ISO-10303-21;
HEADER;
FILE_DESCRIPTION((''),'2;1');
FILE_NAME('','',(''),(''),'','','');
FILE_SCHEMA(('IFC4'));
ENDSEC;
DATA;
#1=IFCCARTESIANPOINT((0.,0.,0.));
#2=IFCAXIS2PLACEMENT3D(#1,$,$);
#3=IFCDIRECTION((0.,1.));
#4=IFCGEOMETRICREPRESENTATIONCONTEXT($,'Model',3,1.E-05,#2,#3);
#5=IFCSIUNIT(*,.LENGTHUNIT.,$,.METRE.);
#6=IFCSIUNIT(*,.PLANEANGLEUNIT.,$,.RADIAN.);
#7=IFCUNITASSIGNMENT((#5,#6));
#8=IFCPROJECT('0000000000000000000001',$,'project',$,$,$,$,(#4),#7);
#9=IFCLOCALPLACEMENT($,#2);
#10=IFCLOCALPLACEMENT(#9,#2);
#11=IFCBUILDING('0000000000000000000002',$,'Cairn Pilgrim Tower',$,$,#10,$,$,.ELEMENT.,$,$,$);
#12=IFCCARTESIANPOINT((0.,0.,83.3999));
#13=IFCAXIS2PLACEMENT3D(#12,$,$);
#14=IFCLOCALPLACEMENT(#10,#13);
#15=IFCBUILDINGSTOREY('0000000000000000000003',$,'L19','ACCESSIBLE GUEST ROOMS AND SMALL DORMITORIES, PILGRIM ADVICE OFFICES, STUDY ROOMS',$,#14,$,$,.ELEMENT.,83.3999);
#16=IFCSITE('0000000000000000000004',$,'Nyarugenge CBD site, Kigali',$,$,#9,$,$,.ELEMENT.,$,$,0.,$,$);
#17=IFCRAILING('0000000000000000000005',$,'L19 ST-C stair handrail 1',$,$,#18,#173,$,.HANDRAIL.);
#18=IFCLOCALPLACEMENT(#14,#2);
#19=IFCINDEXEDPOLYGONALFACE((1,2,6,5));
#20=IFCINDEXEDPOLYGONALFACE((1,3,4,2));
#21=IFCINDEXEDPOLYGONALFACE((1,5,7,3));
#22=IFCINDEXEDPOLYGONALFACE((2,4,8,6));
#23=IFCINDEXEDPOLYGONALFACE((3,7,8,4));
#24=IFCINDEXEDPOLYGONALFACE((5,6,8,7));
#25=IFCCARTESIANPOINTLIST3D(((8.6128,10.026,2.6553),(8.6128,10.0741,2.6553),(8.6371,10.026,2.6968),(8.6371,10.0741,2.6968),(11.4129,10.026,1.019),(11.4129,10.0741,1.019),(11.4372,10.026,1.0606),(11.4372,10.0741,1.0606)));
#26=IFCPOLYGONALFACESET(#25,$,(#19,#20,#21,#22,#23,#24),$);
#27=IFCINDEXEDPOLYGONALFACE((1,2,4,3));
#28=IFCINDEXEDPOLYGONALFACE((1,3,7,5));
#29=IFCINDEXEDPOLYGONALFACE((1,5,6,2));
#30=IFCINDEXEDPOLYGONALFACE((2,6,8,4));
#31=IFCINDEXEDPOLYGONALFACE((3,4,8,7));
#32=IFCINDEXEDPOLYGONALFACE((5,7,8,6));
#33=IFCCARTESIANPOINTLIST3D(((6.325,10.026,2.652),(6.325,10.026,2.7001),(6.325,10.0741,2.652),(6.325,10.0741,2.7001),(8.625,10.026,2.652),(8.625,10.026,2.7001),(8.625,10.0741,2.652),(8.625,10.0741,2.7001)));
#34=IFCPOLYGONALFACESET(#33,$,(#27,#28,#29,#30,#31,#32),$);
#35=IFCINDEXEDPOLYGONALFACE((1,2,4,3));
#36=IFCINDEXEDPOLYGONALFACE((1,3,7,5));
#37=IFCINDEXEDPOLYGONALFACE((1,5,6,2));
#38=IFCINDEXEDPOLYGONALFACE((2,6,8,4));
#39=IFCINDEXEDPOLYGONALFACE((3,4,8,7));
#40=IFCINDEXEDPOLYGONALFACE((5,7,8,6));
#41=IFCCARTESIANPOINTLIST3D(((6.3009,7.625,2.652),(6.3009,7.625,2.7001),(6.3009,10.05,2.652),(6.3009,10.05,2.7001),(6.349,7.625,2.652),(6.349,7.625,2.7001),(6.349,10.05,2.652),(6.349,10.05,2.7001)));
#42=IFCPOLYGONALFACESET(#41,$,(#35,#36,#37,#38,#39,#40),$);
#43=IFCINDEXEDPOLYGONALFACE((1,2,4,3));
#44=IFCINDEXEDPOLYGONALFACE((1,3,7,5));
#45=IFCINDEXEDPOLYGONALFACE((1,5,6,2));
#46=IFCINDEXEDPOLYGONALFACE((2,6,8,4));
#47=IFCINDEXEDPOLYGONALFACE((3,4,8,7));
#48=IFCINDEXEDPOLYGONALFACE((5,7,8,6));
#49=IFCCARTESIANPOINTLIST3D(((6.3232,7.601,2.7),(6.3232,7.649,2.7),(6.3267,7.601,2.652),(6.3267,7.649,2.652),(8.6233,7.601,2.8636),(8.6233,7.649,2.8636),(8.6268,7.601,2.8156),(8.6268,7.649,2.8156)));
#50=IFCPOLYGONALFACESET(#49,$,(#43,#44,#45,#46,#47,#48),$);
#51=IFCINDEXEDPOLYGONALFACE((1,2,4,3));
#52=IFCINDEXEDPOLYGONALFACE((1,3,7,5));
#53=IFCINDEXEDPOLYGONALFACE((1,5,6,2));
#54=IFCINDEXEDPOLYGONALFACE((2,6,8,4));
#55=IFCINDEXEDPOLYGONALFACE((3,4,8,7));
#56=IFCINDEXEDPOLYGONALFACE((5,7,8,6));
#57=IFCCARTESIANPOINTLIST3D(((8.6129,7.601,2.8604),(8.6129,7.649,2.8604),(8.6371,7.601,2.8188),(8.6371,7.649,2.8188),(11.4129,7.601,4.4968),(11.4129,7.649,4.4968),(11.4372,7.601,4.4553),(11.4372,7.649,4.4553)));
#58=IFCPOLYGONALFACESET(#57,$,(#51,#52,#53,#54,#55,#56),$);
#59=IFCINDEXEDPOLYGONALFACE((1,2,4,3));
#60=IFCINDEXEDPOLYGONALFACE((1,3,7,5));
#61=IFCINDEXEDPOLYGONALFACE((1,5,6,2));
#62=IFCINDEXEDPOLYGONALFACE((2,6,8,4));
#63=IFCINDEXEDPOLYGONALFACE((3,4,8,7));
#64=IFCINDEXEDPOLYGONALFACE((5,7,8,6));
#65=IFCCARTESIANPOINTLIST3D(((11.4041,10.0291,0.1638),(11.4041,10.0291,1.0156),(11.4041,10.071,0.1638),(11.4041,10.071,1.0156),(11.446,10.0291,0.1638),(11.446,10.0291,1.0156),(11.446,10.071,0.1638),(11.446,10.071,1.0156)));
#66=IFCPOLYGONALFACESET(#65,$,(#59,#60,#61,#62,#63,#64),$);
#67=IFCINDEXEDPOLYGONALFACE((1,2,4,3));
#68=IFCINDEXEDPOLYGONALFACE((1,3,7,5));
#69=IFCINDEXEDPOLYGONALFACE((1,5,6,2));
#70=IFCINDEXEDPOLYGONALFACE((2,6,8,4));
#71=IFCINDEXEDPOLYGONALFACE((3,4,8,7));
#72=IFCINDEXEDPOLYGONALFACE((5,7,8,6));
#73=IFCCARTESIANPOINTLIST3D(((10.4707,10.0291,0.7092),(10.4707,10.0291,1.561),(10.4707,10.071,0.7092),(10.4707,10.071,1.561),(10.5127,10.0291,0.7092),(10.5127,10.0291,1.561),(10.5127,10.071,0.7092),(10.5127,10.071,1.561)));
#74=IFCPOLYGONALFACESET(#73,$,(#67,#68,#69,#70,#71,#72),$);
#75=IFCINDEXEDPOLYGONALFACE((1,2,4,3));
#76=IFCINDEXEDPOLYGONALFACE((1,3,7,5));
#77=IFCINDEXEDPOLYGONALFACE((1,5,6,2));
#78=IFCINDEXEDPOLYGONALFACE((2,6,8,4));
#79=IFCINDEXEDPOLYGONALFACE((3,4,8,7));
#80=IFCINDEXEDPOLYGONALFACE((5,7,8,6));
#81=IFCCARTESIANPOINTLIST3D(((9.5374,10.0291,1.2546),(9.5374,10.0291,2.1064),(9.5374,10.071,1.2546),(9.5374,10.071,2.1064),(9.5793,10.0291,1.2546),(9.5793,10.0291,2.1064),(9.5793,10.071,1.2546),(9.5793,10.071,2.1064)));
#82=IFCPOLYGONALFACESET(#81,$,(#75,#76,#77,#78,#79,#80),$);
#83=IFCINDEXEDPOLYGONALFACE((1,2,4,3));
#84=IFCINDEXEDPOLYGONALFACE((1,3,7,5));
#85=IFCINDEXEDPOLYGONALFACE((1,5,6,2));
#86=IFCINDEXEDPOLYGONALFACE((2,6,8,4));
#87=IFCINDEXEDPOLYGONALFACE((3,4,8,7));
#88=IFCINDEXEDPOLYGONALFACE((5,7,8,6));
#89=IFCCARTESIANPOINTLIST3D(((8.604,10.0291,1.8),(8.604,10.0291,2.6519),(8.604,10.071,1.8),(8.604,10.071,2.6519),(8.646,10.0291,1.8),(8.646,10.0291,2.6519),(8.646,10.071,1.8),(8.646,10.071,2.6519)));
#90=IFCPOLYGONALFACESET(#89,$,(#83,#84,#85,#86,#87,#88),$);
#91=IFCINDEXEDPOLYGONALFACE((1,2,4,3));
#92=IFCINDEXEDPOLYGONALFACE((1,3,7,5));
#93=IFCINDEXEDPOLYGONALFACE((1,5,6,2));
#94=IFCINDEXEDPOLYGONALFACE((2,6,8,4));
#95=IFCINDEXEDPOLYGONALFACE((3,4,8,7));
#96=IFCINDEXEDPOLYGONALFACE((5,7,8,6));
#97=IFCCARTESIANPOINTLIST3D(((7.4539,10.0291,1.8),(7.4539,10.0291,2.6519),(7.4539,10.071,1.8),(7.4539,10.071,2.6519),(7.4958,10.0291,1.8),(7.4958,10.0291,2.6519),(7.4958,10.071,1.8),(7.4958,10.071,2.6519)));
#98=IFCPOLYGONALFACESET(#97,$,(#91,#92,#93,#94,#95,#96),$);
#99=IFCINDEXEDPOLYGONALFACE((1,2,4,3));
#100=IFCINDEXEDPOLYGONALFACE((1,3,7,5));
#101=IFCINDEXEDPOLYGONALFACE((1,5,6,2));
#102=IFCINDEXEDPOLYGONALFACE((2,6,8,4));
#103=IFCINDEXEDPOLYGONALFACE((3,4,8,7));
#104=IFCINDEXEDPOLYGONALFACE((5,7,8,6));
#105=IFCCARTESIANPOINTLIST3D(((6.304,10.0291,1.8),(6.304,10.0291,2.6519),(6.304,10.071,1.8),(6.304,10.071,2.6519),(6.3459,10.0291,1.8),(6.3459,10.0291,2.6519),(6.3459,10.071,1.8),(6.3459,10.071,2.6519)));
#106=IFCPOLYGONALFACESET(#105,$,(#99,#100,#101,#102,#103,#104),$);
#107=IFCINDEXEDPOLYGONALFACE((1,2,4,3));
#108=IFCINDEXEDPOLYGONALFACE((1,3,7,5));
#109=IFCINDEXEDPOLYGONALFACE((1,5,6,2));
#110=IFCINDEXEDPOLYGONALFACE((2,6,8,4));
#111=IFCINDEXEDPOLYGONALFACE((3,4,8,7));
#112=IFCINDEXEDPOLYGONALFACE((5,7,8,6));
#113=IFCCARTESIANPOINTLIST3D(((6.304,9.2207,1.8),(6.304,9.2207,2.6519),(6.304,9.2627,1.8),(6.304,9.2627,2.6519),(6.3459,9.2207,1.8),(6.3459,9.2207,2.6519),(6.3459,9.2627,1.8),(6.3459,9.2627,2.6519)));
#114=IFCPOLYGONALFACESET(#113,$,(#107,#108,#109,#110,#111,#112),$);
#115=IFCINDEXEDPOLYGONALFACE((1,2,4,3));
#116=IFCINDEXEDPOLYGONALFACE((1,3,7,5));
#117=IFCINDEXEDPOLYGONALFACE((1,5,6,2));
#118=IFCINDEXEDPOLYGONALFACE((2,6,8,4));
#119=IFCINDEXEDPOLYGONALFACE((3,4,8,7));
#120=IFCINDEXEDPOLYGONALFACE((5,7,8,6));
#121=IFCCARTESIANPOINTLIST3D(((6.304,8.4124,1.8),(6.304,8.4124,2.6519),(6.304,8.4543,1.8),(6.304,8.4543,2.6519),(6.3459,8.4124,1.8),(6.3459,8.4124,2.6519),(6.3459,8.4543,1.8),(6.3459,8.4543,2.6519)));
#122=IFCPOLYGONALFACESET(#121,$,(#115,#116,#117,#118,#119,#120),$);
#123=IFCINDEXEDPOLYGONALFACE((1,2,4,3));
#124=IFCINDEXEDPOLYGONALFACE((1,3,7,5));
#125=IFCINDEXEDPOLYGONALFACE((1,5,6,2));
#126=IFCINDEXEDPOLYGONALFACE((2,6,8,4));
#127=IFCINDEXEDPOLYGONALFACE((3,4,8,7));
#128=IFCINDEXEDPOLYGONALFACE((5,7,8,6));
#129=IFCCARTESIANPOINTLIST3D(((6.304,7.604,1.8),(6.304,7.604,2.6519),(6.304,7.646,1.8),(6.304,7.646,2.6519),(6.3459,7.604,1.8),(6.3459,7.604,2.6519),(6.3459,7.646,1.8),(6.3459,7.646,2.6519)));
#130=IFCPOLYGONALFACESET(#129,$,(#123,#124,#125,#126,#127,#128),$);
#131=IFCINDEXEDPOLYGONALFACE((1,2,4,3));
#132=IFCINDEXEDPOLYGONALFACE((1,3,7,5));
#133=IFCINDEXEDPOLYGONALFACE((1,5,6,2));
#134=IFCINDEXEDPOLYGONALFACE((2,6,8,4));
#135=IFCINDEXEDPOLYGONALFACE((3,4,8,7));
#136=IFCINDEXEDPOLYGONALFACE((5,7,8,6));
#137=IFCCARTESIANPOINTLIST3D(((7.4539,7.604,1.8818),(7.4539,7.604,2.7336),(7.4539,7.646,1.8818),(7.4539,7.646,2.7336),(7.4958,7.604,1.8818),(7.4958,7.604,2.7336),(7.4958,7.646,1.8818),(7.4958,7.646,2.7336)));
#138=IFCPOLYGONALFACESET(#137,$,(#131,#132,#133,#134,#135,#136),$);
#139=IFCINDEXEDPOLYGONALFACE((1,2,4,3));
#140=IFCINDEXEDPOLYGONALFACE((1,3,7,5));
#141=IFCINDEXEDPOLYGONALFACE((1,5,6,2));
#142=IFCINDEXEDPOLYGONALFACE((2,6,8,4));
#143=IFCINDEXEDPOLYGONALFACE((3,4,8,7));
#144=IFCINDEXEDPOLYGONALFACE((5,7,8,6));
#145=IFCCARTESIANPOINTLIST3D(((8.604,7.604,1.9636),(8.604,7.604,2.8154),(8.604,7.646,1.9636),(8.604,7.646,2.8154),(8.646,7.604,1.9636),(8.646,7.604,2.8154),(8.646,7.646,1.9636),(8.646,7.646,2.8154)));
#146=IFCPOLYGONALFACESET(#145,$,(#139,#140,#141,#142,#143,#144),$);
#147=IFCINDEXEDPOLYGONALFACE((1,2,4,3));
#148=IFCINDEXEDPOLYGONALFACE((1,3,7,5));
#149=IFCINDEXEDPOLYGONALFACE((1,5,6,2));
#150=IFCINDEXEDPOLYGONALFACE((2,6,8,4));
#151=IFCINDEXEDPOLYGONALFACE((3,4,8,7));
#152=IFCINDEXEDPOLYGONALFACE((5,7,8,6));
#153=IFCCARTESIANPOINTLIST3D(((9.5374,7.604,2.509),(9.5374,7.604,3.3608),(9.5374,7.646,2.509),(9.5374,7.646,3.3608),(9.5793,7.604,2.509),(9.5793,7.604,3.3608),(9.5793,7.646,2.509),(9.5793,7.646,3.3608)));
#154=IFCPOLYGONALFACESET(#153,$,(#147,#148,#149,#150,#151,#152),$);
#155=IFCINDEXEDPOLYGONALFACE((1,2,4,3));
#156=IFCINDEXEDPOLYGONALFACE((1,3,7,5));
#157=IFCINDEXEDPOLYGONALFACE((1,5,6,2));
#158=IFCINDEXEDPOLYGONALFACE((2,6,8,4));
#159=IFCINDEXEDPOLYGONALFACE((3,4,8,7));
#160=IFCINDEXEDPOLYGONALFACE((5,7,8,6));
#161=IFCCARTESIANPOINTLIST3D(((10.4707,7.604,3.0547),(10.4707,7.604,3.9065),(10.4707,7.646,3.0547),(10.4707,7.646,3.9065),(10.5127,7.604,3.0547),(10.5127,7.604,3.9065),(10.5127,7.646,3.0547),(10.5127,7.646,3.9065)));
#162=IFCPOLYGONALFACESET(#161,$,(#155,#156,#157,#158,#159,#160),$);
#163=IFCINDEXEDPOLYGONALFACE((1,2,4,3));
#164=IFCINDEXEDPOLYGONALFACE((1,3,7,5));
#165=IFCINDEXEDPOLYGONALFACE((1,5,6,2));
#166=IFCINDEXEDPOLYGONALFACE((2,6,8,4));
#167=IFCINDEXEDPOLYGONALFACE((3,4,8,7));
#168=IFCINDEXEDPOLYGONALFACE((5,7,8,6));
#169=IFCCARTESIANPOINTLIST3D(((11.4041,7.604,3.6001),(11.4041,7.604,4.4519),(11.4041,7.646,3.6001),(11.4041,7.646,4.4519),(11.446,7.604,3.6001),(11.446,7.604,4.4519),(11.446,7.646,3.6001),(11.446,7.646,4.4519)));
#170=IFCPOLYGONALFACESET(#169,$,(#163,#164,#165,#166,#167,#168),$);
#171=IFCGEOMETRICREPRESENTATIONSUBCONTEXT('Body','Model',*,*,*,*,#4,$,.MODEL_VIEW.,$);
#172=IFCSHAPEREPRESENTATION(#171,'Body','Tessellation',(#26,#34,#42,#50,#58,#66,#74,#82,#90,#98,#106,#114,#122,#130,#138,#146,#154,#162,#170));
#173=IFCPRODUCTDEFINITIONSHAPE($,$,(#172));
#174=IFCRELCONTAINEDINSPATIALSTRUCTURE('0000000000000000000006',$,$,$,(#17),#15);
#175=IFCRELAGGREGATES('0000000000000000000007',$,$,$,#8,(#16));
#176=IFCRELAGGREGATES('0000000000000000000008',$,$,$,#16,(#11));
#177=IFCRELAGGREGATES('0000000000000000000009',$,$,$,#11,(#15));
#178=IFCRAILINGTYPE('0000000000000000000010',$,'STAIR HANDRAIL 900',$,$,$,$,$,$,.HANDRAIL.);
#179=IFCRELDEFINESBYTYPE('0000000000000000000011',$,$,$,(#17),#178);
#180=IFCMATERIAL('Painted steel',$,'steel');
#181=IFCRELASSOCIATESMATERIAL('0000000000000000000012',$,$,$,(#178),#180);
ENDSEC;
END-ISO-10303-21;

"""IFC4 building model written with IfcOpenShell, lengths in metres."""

from ifc_helpers import new_model, si_unit, direction, frame, origin, origin_2d, place, context, subcontext, project, spatial, rectangle, extrude, material, type_object, element, save


model = new_model("IFC4")

# Units and contexts
model_context = context("Model", 3, precision=1e-05, world=origin(), true_north=direction((0.0, 1.0)))
body_context = subcontext(model_context, "Body", "Model", "MODEL_VIEW")
ifc_project = project(units=[si_unit("LENGTHUNIT", "METRE"), si_unit("PLANEANGLEUNIT", "RADIAN")], contexts=[model_context])

# Site, building, storey
site_placement = place(None, origin())
site = spatial("IfcSite", under=ifc_project, at=site_placement, Name="Nyarugenge CBD site, Kigali", CompositionType="ELEMENT", RefElevation=0.0)
building_placement = place(site_placement, origin())
building = spatial("IfcBuilding", under=site, at=building_placement, Name="Cairn Pilgrim Tower", CompositionType="ELEMENT")
storey_placement = place(building_placement, frame((0.0, 0.0, 83.3999)))
storey = spatial("IfcBuildingStorey", under=building, at=storey_placement, Name="L19", Description="ACCESSIBLE GUEST ROOMS AND SMALL DORMITORIES, PILGRIM ADVICE OFFICES, STUDY ROOMS", CompositionType="ELEMENT", Elevation=83.3999)

# Railing
ifc_material_1 = material(Name="Painted steel", Category="steel")
railing_type = type_object("IfcRailingType", Name="STAIR HANDRAIL 900", PredefinedType="HANDRAIL", material=ifc_material_1)
railing_placement = place(storey_placement, frame((11.425, 10.05, 0.1638)))
element("IfcRailing", 1, at=railing_placement, inside=storey, type_object=railing_type, Name="L19 ST-C stair handrail 1", PredefinedType="HANDRAIL", context=body_context, shape_type="SweptSolid", body=[
    extrude(rectangle(XDim=0.0481, YDim=0.0481, at=origin_2d()), frame((0.0, 0.0, 0.876), z_axis=(-0.863394, 0.0, 0.504531), x_axis=(0.0, -1.0, 0.0)), (0.0, 0.0, 1.0), 3.2432),
    extrude(rectangle(XDim=0.0481, YDim=0.0481, at=origin_2d()), frame((-2.8, 0.0, 2.5122), z_axis=(-1.0, 0.0, 0.0), x_axis=(0.0, -1.0, 0.0)), (0.0, 0.0, 1.0), 2.3),
    extrude(rectangle(XDim=0.0481, YDim=0.0481, at=origin_2d()), frame((-5.1001, 0.0, 2.5122), z_axis=(0.0, -1.0, 0.0), x_axis=(1.0, 0.0, 0.0)), (0.0, 0.0, 1.0), 2.425),
    extrude(rectangle(XDim=0.0481, YDim=0.0481, at=origin_2d()), frame((-5.1001, -2.425, 2.5122), z_axis=(0.997481, 0.0, 0.070939), x_axis=(0.0, 1.0, 0.0)), (0.0, 0.0, 1.0), 2.3059),
    extrude(rectangle(XDim=0.0481, YDim=0.0481, at=origin_2d()), frame((-2.8, -2.425, 2.6758), z_axis=(0.863361, 0.0, 0.504587), x_axis=(0.0, 1.0, 0.0)), (0.0, 0.0, 1.0), 3.2432),
    extrude(rectangle(XDim=0.042, YDim=0.042, at=origin_2d()), origin(), (0.0, 0.0, 1.0), 0.8518),
    extrude(rectangle(XDim=0.042, YDim=0.042, at=origin_2d()), frame((-0.9333, 0.0, 0.5454)), (0.0, 0.0, 1.0), 0.8518),
    extrude(rectangle(XDim=0.042, YDim=0.042, at=origin_2d()), frame((-1.8667, 0.0, 1.0908)), (0.0, 0.0, 1.0), 0.8518),
    extrude(rectangle(XDim=0.042, YDim=0.042, at=origin_2d()), frame((-2.8, 0.0, 1.6362)), (0.0, 0.0, 1.0), 0.8518),
    extrude(rectangle(XDim=0.042, YDim=0.042, at=origin_2d()), frame((-3.9502, 0.0, 1.6362)), (0.0, 0.0, 1.0), 0.8518),
    extrude(rectangle(XDim=0.042, YDim=0.042, at=origin_2d()), frame((-5.1001, 0.0, 1.6362)), (0.0, 0.0, 1.0), 0.8518),
    extrude(rectangle(XDim=0.042, YDim=0.042, at=origin_2d()), frame((-5.1001, -0.8083, 1.6362)), (0.0, 0.0, 1.0), 0.8518),
    extrude(rectangle(XDim=0.042, YDim=0.042, at=origin_2d()), frame((-5.1001, -1.6167, 1.6362)), (0.0, 0.0, 1.0), 0.8518),
    extrude(rectangle(XDim=0.042, YDim=0.042, at=origin_2d()), frame((-5.1001, -2.425, 1.6362)), (0.0, 0.0, 1.0), 0.8518),
    extrude(rectangle(XDim=0.042, YDim=0.042, at=origin_2d()), frame((-3.9502, -2.425, 1.718)), (0.0, 0.0, 1.0), 0.8518),
    extrude(rectangle(XDim=0.042, YDim=0.042, at=origin_2d()), frame((-2.8, -2.425, 1.7998)), (0.0, 0.0, 1.0), 0.8518),
    extrude(rectangle(XDim=0.042, YDim=0.042, at=origin_2d()), frame((-1.8667, -2.425, 2.3452)), (0.0, 0.0, 1.0), 0.8518),
    extrude(rectangle(XDim=0.042, YDim=0.042, at=origin_2d()), frame((-0.9333, -2.425, 2.8909)), (0.0, 0.0, 1.0), 0.8518),
    extrude(rectangle(XDim=0.042, YDim=0.042, at=origin_2d()), frame((0.0, -2.425, 3.4363)), (0.0, 0.0, 1.0), 0.8518),
])

save(model, "model.ifc")
